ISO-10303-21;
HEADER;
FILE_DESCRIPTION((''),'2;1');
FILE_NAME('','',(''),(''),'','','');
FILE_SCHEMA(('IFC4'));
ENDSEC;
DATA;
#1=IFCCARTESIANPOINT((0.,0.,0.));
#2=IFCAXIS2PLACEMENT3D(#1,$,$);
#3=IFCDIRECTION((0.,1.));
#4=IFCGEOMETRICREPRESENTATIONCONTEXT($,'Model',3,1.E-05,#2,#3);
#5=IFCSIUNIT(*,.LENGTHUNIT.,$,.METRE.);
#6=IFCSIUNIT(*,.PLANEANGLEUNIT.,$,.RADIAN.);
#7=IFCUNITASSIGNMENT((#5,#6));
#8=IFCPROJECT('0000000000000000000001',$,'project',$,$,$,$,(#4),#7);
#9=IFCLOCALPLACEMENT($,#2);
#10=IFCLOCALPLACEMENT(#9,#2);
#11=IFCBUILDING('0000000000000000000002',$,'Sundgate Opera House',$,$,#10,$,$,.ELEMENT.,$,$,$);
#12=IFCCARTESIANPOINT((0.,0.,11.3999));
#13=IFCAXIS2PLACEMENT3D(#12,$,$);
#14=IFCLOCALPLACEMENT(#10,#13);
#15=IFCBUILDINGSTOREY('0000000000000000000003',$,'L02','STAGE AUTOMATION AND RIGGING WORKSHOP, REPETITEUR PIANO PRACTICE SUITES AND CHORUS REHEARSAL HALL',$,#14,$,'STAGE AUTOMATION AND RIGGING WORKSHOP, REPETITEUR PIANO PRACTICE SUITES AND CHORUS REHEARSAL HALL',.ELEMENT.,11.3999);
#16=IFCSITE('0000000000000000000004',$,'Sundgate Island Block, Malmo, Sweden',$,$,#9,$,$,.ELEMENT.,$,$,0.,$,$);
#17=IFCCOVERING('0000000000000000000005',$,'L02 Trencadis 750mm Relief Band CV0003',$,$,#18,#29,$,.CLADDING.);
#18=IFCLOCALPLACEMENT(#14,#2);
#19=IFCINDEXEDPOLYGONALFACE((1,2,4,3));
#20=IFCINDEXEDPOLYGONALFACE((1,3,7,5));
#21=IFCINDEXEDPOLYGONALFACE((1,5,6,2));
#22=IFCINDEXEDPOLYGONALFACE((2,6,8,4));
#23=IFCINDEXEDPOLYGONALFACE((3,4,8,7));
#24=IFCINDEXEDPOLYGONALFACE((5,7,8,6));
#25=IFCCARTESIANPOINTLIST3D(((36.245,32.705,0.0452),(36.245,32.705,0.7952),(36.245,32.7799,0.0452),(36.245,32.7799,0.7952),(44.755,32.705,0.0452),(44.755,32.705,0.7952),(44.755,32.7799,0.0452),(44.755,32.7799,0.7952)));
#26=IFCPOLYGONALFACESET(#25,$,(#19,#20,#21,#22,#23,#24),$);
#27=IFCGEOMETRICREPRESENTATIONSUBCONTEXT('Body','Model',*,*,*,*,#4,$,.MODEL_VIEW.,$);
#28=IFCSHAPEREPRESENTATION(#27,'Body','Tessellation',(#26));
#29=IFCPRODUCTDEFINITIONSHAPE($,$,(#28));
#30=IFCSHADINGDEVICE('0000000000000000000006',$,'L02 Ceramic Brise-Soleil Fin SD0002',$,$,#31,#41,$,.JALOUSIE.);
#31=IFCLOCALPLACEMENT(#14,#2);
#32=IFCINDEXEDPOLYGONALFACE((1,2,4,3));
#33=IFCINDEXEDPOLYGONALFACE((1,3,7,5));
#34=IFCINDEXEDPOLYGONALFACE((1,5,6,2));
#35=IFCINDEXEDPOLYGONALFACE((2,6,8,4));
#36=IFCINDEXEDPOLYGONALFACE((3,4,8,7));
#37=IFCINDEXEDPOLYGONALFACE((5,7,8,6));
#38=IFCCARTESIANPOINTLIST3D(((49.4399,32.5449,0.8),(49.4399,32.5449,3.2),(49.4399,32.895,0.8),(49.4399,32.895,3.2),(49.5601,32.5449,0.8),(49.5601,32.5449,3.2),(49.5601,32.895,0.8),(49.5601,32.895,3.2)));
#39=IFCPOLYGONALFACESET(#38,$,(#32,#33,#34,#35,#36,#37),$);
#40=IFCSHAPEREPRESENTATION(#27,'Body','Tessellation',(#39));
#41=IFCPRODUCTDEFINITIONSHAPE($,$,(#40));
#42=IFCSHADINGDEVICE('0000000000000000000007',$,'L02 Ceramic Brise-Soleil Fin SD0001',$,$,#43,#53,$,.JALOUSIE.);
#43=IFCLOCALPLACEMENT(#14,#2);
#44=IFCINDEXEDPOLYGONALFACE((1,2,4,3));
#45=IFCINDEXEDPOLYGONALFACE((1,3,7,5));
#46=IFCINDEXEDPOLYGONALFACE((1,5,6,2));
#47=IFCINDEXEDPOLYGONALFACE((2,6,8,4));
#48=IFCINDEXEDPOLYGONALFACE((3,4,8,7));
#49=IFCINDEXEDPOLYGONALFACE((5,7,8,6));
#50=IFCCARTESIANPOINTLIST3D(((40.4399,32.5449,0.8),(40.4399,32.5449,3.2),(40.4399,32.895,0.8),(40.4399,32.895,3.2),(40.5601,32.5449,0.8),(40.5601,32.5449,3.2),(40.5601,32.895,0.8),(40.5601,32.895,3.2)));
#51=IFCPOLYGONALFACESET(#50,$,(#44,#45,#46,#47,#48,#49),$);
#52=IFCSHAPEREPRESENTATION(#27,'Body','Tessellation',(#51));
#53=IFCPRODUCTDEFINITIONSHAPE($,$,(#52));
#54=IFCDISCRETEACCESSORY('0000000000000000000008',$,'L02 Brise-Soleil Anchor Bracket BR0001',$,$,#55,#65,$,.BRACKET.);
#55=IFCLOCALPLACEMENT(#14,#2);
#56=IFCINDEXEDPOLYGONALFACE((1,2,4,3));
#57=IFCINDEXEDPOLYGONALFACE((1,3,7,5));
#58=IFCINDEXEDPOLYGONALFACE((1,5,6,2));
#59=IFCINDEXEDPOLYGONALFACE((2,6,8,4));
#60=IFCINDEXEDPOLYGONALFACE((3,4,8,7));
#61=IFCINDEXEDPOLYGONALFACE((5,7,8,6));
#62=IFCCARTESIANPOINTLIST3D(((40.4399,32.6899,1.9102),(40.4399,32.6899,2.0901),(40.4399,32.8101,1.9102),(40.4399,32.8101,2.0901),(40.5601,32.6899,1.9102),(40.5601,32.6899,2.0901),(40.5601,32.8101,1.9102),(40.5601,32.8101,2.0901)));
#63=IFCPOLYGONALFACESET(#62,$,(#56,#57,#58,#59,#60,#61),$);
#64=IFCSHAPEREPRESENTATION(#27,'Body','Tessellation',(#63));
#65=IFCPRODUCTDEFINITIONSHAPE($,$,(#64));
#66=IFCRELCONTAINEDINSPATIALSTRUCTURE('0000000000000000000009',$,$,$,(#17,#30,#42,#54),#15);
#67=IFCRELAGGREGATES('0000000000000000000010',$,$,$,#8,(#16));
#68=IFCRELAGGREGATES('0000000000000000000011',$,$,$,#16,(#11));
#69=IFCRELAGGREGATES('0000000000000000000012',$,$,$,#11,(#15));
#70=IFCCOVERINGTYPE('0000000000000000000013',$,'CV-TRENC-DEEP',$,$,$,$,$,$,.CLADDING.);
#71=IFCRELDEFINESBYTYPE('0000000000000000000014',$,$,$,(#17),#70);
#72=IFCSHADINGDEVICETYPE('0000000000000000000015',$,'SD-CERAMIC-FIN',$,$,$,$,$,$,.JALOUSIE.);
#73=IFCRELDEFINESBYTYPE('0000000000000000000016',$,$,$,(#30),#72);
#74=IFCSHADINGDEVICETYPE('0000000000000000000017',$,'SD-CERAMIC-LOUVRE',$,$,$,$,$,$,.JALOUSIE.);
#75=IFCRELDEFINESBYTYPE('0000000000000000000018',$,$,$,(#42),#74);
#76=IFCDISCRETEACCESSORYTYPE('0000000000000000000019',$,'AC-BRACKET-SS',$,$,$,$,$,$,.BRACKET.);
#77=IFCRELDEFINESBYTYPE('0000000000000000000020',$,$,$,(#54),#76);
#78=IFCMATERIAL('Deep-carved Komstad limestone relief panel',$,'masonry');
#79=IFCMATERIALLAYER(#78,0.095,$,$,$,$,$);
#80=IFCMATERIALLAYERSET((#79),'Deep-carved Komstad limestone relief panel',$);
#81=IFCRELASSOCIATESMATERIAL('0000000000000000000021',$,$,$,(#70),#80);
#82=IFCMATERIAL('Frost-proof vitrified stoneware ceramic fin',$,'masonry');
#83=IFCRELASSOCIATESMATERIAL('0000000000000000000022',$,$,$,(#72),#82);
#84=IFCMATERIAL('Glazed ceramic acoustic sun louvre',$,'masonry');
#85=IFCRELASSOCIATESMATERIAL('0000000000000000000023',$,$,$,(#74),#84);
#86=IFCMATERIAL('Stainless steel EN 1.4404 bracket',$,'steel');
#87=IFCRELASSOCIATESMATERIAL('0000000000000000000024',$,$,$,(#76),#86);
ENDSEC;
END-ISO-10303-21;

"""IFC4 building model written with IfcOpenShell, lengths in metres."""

from ifc_helpers import new_model, si_unit, direction, frame, origin, origin_2d, place, context, subcontext, project, spatial, rectangle, extrude, material, layer, layer_set, type_object, element, save


model = new_model("IFC4")

# Units and contexts
model_context = context("Model", 3, precision=1e-05, world=origin(), true_north=direction((0.0, 1.0)))
body_context = subcontext(model_context, "Body", "Model", "MODEL_VIEW")
ifc_project = project(units=[si_unit("LENGTHUNIT", "METRE"), si_unit("PLANEANGLEUNIT", "RADIAN")], contexts=[model_context])

# Site, building, storey
site_placement = place(None, origin())
site = spatial("IfcSite", under=ifc_project, at=site_placement, Name="Sundgate Island Block, Malmo, Sweden", CompositionType="ELEMENT", RefElevation=0.0)
building_placement = place(site_placement, origin())
building = spatial("IfcBuilding", under=site, at=building_placement, Name="Sundgate Opera House", CompositionType="ELEMENT")
storey_placement = place(building_placement, frame((0.0, 0.0, 11.3999)))
storey = spatial("IfcBuildingStorey", under=building, at=storey_placement, Name="L02", Description="STAGE AUTOMATION AND RIGGING WORKSHOP, REPETITEUR PIANO PRACTICE SUITES AND CHORUS REHEARSAL HALL", LongName="STAGE AUTOMATION AND RIGGING WORKSHOP, REPETITEUR PIANO PRACTICE SUITES AND CHORUS REHEARSAL HALL", CompositionType="ELEMENT", Elevation=11.3999)

# Covering
ifc_material_1 = material(Name="Deep-carved Komstad limestone relief panel", Category="masonry")
ifc_layer_1 = layer(ifc_material_1, 0.095)
ifc_layer_set_1 = layer_set([ifc_layer_1], Name="Deep-carved Komstad limestone relief panel")
covering_type = type_object("IfcCoveringType", Name="CV-TRENC-DEEP", PredefinedType="CLADDING", material=ifc_layer_set_1)
covering_placement = place(storey_placement, frame((40.5, 32.7424, 0.0452), z_axis=(0.0, 0.0, 1.0), x_axis=(1.0, 0.0, 0.0)))
element("IfcCovering", 1, at=covering_placement, inside=storey, type_object=covering_type, Name="L02 Trencadis 750mm Relief Band CV0003", PredefinedType="CLADDING", context=body_context, shape_type="SweptSolid", body=[
    extrude(rectangle(XDim=8.51, YDim=0.075, at=origin_2d()), origin(), (0.0, 0.0, 1.0), 0.75),
])

# Shading devices
ifc_material_2 = material(Name="Frost-proof vitrified stoneware ceramic fin", Category="masonry")
shading_device_type_1 = type_object("IfcShadingDeviceType", Name="SD-CERAMIC-FIN", PredefinedType="JALOUSIE", material=ifc_material_2)
shading_device_1_placement = place(storey_placement, frame((49.5, 32.72, 0.8), z_axis=(0.0, 0.0, 1.0), x_axis=(1.0, 0.0, 0.0)))
element("IfcShadingDevice", 2, at=shading_device_1_placement, inside=storey, type_object=shading_device_type_1, Name="L02 Ceramic Brise-Soleil Fin SD0002", PredefinedType="JALOUSIE", context=body_context, shape_type="SweptSolid", body=[
    extrude(rectangle(XDim=0.1201, YDim=0.3501, at=origin_2d()), origin(), (0.0, 0.0, 1.0), 2.3999),
])
ifc_material_3 = material(Name="Glazed ceramic acoustic sun louvre", Category="masonry")
shading_device_type_2 = type_object("IfcShadingDeviceType", Name="SD-CERAMIC-LOUVRE", PredefinedType="JALOUSIE", material=ifc_material_3)
shading_device_2_placement = place(storey_placement, frame((40.5, 32.72, 0.8), z_axis=(0.0, 0.0, 1.0), x_axis=(1.0, 0.0, 0.0)))
element("IfcShadingDevice", 3, at=shading_device_2_placement, inside=storey, type_object=shading_device_type_2, Name="L02 Ceramic Brise-Soleil Fin SD0001", PredefinedType="JALOUSIE", context=body_context, shape_type="SweptSolid", body=[
    extrude(rectangle(XDim=0.1201, YDim=0.3501, at=origin_2d()), origin(), (0.0, 0.0, 1.0), 2.3999),
])

# Discrete accessory
ifc_material_4 = material(Name="Stainless steel EN 1.4404 bracket", Category="steel")
discrete_accessory_type = type_object("IfcDiscreteAccessoryType", Name="AC-BRACKET-SS", PredefinedType="BRACKET", material=ifc_material_4)
discrete_accessory_placement = place(storey_placement, frame((40.5, 32.75, 1.9102), z_axis=(0.0, 0.0, 1.0), x_axis=(1.0, 0.0, 0.0)))
element("IfcDiscreteAccessory", 4, at=discrete_accessory_placement, inside=storey, type_object=discrete_accessory_type, Name="L02 Brise-Soleil Anchor Bracket BR0001", PredefinedType="BRACKET", context=body_context, shape_type="SweptSolid", body=[
    extrude(rectangle(XDim=0.1201, YDim=0.1201, at=origin_2d()), origin(), (0.0, 0.0, 1.0), 0.1799),
])

save(model, "model.ifc")
